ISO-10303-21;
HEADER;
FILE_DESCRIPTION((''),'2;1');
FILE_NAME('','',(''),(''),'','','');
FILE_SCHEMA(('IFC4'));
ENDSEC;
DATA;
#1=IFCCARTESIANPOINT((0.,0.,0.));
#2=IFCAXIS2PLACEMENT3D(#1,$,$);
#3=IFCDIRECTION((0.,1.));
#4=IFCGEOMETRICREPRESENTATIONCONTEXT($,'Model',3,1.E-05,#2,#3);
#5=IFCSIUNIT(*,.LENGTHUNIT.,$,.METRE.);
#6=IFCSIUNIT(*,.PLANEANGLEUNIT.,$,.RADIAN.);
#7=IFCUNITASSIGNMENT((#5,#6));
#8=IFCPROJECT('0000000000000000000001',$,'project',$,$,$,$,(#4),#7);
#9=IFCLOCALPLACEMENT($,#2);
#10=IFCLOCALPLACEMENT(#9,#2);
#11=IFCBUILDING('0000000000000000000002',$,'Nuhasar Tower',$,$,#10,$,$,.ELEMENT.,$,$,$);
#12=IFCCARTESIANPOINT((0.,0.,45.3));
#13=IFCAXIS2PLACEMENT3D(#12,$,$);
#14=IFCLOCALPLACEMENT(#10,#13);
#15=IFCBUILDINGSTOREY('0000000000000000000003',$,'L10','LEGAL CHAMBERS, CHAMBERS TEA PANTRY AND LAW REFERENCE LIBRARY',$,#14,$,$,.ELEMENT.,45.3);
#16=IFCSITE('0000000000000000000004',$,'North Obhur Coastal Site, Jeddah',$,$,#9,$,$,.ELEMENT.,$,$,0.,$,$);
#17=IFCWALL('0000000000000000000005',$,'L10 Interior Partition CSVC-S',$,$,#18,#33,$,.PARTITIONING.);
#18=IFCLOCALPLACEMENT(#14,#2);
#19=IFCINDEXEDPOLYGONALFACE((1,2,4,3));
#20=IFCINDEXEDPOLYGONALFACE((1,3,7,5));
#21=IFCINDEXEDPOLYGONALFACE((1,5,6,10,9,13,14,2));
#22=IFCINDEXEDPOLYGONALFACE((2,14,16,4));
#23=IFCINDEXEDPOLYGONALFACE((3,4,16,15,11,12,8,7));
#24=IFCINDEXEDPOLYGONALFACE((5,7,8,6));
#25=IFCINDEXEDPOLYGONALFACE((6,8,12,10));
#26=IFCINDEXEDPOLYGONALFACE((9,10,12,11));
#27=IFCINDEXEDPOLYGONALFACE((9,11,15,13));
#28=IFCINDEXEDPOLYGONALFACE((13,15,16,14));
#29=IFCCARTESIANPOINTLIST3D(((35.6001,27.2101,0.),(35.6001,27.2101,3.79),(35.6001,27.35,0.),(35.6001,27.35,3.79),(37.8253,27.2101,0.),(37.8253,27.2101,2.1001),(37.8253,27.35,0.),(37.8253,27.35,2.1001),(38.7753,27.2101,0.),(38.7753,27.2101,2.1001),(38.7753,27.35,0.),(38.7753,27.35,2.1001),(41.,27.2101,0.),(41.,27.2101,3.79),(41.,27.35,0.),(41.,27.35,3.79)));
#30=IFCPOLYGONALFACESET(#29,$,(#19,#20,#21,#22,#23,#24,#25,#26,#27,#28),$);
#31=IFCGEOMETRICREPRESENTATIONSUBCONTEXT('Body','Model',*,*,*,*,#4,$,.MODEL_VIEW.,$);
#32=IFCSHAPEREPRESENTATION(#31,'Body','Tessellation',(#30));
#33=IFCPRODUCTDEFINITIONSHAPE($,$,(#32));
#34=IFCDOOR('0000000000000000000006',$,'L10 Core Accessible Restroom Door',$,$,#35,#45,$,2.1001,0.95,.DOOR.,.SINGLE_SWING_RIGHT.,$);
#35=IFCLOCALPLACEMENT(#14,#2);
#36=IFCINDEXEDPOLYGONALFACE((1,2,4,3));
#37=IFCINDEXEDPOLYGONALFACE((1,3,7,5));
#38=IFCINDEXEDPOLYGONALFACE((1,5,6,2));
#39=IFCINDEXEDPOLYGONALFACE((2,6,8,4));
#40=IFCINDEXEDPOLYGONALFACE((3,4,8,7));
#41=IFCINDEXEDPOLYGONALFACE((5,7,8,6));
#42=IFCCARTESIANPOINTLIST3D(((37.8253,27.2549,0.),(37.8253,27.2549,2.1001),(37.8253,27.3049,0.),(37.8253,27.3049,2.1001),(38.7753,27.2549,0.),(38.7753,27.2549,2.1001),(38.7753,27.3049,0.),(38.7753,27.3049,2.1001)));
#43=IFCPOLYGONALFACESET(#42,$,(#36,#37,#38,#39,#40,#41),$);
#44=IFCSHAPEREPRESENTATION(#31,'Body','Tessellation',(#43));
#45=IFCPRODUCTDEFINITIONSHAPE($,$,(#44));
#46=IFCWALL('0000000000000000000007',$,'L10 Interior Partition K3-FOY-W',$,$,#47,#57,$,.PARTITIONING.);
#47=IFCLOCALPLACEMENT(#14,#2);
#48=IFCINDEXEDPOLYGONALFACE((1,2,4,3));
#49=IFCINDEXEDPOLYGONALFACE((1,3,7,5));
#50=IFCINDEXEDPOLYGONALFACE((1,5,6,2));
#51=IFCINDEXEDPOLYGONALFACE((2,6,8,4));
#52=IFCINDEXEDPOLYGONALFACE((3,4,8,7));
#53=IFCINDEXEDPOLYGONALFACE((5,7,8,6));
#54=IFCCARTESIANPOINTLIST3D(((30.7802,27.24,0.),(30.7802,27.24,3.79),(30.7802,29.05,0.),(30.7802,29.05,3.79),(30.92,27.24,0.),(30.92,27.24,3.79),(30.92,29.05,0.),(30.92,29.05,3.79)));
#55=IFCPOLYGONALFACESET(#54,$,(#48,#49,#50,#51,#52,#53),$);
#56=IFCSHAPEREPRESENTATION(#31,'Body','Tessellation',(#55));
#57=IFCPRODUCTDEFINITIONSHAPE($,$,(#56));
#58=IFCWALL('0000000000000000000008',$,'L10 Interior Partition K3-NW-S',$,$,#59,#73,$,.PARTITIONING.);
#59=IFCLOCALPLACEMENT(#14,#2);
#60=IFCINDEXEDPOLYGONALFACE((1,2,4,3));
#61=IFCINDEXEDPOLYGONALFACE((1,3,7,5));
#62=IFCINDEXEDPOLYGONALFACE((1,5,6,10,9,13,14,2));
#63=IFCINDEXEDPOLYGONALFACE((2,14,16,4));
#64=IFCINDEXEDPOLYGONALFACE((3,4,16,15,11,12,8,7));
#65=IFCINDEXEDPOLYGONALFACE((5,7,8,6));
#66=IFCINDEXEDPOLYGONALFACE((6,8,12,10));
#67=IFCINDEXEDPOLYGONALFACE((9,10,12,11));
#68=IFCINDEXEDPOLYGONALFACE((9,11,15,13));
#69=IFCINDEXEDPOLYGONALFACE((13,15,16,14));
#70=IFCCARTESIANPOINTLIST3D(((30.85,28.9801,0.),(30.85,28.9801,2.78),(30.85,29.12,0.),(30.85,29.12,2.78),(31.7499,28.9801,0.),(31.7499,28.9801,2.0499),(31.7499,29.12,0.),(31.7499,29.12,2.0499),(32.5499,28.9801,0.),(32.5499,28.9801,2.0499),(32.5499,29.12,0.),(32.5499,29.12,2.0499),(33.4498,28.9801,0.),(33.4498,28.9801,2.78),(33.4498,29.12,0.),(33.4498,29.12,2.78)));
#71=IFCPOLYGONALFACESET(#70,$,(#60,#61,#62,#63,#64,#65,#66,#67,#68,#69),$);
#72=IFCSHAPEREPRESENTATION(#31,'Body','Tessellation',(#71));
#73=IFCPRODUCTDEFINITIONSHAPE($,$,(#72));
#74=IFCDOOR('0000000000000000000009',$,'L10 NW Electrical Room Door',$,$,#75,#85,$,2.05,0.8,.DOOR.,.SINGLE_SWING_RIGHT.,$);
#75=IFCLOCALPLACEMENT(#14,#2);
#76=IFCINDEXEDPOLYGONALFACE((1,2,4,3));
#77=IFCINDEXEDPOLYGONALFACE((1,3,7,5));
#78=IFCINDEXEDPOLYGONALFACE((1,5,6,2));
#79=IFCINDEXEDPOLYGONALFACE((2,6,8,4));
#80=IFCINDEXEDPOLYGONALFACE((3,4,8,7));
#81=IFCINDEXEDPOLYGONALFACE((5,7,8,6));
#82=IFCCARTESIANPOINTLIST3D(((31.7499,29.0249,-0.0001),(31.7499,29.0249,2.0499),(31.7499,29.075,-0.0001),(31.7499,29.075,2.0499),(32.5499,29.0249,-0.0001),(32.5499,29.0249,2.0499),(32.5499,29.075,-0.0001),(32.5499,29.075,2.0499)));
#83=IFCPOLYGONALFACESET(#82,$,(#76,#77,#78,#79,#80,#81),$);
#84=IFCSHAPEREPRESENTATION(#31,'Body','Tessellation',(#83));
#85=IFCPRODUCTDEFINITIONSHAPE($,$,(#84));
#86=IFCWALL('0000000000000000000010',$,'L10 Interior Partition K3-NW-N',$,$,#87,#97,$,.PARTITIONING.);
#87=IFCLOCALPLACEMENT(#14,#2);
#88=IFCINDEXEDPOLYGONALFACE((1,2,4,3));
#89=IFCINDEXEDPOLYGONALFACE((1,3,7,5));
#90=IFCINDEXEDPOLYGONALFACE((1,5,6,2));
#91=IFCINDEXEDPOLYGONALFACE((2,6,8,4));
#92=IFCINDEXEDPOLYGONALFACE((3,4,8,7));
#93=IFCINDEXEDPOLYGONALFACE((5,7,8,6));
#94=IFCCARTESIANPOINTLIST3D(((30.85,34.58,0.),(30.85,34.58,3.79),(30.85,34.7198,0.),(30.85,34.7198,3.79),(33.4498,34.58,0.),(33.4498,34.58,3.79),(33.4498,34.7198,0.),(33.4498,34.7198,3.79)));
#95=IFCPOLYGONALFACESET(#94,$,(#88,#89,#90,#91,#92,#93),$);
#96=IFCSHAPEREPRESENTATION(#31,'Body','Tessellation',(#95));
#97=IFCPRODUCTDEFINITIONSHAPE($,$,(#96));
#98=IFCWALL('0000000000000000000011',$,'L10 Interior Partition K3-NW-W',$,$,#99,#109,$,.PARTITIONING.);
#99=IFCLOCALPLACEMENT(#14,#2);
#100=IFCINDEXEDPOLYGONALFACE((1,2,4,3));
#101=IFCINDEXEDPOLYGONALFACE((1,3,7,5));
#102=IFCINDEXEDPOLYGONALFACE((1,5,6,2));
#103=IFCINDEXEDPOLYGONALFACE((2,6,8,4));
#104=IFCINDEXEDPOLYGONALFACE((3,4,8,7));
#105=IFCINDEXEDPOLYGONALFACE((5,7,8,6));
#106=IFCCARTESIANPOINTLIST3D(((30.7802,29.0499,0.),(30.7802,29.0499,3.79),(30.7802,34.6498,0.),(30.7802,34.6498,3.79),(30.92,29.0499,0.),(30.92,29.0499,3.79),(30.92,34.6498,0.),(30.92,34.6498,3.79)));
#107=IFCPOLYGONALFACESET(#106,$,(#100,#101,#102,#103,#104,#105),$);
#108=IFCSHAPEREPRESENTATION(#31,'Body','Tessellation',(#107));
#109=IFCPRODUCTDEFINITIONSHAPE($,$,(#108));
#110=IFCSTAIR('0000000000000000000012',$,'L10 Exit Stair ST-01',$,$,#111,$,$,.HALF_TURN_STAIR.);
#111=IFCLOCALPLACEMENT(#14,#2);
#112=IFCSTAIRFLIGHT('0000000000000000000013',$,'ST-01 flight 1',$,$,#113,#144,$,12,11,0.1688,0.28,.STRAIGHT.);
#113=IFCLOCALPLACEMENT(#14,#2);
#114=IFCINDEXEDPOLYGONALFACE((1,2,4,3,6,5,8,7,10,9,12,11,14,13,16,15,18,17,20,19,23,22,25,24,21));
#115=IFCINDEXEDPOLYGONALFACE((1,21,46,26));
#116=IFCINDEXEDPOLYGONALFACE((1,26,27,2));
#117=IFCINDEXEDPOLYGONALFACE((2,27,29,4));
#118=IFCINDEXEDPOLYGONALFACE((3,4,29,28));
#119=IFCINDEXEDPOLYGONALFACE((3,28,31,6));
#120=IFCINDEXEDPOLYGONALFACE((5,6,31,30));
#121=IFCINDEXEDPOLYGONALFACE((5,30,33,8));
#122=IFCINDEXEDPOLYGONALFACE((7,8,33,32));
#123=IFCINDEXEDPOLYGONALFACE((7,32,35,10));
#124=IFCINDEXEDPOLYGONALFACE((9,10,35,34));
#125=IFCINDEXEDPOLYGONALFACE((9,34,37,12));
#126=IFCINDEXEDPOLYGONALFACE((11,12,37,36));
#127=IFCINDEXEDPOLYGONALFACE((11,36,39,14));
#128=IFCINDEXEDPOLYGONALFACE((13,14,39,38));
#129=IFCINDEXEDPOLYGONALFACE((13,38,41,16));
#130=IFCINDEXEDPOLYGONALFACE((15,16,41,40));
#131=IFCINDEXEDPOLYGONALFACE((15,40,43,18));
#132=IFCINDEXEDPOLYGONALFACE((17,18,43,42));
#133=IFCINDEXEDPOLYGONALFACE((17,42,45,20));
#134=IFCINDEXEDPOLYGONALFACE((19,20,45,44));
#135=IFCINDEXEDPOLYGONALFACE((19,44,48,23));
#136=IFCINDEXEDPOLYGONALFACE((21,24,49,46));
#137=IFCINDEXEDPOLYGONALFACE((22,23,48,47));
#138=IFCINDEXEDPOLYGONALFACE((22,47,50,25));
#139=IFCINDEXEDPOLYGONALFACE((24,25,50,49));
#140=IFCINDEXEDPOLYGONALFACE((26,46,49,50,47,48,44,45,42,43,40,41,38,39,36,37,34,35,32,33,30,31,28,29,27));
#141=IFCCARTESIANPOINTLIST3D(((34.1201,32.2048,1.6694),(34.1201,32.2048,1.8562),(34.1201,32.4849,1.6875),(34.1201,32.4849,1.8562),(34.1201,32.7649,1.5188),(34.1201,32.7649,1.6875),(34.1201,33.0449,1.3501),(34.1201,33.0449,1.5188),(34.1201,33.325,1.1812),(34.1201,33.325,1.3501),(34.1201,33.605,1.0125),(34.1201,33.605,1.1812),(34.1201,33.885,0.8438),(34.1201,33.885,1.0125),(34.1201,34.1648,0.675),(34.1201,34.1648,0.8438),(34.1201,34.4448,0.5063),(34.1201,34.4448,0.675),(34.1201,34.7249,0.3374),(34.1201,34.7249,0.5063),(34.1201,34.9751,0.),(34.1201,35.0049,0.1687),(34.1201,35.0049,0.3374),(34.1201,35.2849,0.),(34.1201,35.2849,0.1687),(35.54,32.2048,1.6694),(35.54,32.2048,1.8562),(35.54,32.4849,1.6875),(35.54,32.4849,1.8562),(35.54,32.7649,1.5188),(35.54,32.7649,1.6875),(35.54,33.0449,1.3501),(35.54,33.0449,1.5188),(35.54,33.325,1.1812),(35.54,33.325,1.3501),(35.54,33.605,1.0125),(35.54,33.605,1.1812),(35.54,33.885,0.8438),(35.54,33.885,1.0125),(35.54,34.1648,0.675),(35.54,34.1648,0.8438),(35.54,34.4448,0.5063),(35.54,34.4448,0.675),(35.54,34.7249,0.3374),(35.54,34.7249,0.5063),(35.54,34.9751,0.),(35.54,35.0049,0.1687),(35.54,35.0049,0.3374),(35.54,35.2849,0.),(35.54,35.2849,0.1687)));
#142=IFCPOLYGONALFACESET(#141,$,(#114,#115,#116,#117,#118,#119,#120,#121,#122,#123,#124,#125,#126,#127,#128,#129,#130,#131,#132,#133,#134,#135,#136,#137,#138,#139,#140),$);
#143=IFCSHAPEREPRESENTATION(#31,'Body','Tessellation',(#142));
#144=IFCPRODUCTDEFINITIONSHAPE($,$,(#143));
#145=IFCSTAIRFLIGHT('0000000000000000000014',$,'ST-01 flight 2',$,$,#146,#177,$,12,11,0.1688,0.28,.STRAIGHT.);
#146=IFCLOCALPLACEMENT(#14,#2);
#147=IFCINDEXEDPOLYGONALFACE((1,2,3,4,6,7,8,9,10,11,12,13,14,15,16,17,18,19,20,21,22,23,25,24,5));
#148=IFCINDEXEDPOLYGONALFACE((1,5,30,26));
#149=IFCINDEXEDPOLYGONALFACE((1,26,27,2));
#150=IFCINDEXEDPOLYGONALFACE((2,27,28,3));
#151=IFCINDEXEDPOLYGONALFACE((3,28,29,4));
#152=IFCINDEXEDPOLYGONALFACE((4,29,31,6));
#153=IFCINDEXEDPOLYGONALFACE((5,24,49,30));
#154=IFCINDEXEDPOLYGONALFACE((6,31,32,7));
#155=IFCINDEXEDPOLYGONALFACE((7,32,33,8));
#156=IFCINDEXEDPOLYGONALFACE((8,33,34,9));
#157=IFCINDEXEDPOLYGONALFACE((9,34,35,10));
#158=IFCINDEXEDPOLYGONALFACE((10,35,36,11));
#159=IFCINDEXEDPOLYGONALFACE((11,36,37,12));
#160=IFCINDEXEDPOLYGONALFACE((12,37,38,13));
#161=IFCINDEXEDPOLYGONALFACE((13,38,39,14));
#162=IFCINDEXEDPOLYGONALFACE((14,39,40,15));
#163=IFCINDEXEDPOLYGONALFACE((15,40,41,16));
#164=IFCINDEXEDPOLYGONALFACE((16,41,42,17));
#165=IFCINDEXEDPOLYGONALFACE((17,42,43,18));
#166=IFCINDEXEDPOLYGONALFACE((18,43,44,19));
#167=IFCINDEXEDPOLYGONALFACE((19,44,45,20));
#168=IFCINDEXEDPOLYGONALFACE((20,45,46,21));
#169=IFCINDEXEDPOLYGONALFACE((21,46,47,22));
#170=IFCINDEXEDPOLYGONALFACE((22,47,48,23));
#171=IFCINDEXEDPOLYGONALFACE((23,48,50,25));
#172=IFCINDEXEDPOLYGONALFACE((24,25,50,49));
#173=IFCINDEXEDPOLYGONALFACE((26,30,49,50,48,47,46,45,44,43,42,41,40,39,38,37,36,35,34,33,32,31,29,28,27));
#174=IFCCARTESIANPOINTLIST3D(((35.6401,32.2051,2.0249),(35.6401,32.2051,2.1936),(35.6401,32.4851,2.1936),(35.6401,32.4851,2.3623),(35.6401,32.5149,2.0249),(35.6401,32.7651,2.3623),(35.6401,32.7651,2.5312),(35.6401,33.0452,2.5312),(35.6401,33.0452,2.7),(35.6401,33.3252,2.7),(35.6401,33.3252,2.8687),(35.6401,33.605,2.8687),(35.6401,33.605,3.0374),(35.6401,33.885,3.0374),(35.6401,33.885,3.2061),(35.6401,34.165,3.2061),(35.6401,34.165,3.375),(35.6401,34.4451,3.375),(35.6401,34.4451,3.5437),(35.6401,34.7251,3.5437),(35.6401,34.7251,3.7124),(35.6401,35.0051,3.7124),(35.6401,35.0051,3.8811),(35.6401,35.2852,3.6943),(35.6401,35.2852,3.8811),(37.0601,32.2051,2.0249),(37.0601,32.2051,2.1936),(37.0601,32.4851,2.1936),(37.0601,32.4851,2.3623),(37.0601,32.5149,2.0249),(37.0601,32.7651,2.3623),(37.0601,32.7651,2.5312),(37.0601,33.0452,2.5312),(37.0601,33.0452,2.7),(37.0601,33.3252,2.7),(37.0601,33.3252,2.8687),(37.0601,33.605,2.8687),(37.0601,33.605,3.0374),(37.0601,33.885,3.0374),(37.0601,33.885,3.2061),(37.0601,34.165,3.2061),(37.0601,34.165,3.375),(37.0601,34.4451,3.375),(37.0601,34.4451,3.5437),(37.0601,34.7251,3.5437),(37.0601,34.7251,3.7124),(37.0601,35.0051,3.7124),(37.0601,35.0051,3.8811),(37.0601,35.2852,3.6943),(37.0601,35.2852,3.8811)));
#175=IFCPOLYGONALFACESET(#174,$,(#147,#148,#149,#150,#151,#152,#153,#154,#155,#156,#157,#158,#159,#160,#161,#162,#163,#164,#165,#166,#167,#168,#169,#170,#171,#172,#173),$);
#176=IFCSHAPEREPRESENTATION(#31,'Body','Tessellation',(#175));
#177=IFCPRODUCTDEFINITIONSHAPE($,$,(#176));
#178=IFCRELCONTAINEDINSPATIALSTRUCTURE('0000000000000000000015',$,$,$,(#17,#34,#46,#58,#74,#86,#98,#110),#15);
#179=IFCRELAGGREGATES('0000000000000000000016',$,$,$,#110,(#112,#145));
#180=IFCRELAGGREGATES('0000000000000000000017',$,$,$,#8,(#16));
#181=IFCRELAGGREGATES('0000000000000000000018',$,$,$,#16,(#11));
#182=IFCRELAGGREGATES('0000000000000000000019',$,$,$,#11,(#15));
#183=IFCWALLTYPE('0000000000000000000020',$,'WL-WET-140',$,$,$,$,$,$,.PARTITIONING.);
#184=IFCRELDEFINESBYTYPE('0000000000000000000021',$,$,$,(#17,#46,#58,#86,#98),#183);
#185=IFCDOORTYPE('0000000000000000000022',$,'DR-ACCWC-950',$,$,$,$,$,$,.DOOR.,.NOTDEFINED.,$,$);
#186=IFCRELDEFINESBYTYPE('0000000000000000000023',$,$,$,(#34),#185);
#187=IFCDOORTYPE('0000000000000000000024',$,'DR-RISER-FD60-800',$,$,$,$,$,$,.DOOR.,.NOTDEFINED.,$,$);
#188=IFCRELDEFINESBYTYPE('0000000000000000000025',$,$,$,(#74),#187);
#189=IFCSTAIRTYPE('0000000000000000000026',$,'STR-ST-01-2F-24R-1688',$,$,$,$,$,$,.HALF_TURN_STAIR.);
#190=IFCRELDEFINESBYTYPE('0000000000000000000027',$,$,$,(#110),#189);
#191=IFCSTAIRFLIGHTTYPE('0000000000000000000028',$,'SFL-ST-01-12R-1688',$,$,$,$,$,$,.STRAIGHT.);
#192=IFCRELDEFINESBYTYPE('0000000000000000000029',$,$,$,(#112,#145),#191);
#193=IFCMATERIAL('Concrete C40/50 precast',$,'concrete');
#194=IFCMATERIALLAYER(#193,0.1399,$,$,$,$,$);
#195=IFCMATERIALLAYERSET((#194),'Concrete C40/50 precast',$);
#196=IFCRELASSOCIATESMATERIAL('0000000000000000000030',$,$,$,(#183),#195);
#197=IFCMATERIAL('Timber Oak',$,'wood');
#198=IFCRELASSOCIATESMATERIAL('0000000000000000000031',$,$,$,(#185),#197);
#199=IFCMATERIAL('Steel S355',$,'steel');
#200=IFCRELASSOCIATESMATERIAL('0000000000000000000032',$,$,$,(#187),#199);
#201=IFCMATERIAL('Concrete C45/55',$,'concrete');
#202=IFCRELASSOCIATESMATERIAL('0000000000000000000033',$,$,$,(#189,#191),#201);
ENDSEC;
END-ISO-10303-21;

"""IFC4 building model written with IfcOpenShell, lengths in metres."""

from ifc_helpers import new_model, si_unit, direction, frame, frame_2d, origin, place, context, subcontext, project, spatial, polyline, rectangle, outline, extrude, material, layer, layer_set, type_object, element, fill, aggregate, save


model = new_model("IFC4")

# Units and contexts
model_context = context("Model", 3, precision=1e-05, world=origin(), true_north=direction((0.0, 1.0)))
body_context = subcontext(model_context, "Body", "Model", "MODEL_VIEW")
ifc_project = project(units=[si_unit("LENGTHUNIT", "METRE"), si_unit("PLANEANGLEUNIT", "RADIAN")], contexts=[model_context])

# Site, building, storey
site_placement = place(None, origin())
site = spatial("IfcSite", under=ifc_project, at=site_placement, Name="North Obhur Coastal Site, Jeddah", CompositionType="ELEMENT", RefElevation=0.0)
building_placement = place(site_placement, origin())
building = spatial("IfcBuilding", under=site, at=building_placement, Name="Nuhasar Tower", CompositionType="ELEMENT")
storey_placement = place(building_placement, frame((0.0, 0.0, 45.3)))
storey = spatial("IfcBuildingStorey", under=building, at=storey_placement, Name="L10", Description="LEGAL CHAMBERS, CHAMBERS TEA PANTRY AND LAW REFERENCE LIBRARY", CompositionType="ELEMENT", Elevation=45.3)

# Shared definitions
ifc_material_1 = material(Name="Steel S355", Category="steel")

# Shared definitions
ifc_material_2 = material(Name="Concrete C40/50 precast", Category="concrete")
ifc_layer_1 = layer(ifc_material_2, 0.1399)
ifc_layer_set_1 = layer_set([ifc_layer_1], Name="Concrete C40/50 precast")
wall_type_1 = type_object("IfcWallType", Name="WL-WET-140", PredefinedType="PARTITIONING", material=ifc_layer_set_1)

# Wall, opening, door
wall_1_placement = place(storey_placement, frame((35.6001, 27.28, 0.0), z_axis=(0.0, 0.0, 1.0), x_axis=(1.0, 0.0, 0.0)))
wall_1 = element("IfcWall", 1, at=wall_1_placement, inside=storey, type_object=wall_type_1, Name="L10 Interior Partition CSVC-S", PredefinedType="PARTITIONING", context=body_context, shape_type="SweptSolid", body=[
    extrude(rectangle(XDim=5.3999, YDim=0.1399, at=frame_2d((2.7, 0.0))), origin(), (0.0, 0.0, 1.0), 3.79),
])
opening_1_placement = place(wall_1_placement, frame((2.2251, 0.0, 0.0)))
opening_1 = element("IfcOpeningElement", 2, at=opening_1_placement, cuts=wall_1, PredefinedType="OPENING", context=body_context, shape_type="SweptSolid", body=[
    extrude(rectangle(XDim=0.95, YDim=2.1001, at=frame_2d((0.4751, 1.05))), frame((0.0, 0.0801, 0.0), z_axis=(0.0, -1.0, 0.0), x_axis=(1.0, 0.0, 0.0)), (0.0, 0.0, 1.0), 0.1599),
])
ifc_material_3 = material(Name="Timber Oak", Category="wood")
door_type_1 = type_object("IfcDoorType", Name="DR-ACCWC-950", OperationType="NOTDEFINED", PredefinedType="DOOR", material=ifc_material_3)
door_1_placement = place(opening_1_placement, origin())
door_1 = element("IfcDoor", 3, at=door_1_placement, inside=storey, type_object=door_type_1, Name="L10 Core Accessible Restroom Door", OperationType="SINGLE_SWING_RIGHT", OverallHeight=2.1001, OverallWidth=0.95, PredefinedType="DOOR", context=body_context, shape_type="SweptSolid", body=[
    extrude(rectangle(XDim=0.95, YDim=2.1001, at=frame_2d((0.4751, 1.05))), frame((0.0, 0.0249, 0.0), z_axis=(0.0, -1.0, 0.0), x_axis=(1.0, 0.0, 0.0)), (0.0, 0.0, 1.0), 0.05),
])
fill(opening_1, door_1)

# Wall
wall_2_placement = place(storey_placement, frame((30.8501, 27.24, 0.0), z_axis=(0.0, 0.0, 1.0), x_axis=(0.0, 1.0, 0.0)))
element("IfcWall", 4, at=wall_2_placement, inside=storey, type_object=wall_type_1, Name="L10 Interior Partition K3-FOY-W", PredefinedType="PARTITIONING", context=body_context, shape_type="SweptSolid", body=[
    extrude(rectangle(XDim=1.8101, YDim=0.1399, at=frame_2d((0.905, 0.0))), origin(), (0.0, 0.0, 1.0), 3.79),
])

# Wall, opening, door
wall_3_placement = place(storey_placement, frame((30.8501, 29.05, 0.0), z_axis=(0.0, 0.0, 1.0), x_axis=(1.0, 0.0, 0.0)))
wall_3 = element("IfcWall", 5, at=wall_3_placement, inside=storey, type_object=wall_type_1, Name="L10 Interior Partition K3-NW-S", PredefinedType="PARTITIONING", context=body_context, shape_type="SweptSolid", body=[
    extrude(rectangle(XDim=2.5999, YDim=0.1399, at=frame_2d((1.2998, 0.0))), origin(), (0.0, 0.0, 1.0), 2.78),
])
opening_2_placement = place(wall_3_placement, frame((0.8999, 0.0, 0.0)))
opening_2 = element("IfcOpeningElement", 6, at=opening_2_placement, cuts=wall_3, PredefinedType="OPENING", context=body_context, shape_type="SweptSolid", body=[
    extrude(rectangle(XDim=0.8, YDim=2.05, at=frame_2d((0.3999, 1.0249))), frame((0.0, 0.0801, 0.0), z_axis=(0.0, -1.0, 0.0), x_axis=(1.0, 0.0, 0.0)), (0.0, 0.0, 1.0), 0.1599),
])
door_type_2 = type_object("IfcDoorType", Name="DR-RISER-FD60-800", OperationType="NOTDEFINED", PredefinedType="DOOR", material=ifc_material_1)
door_2_placement = place(opening_2_placement, origin())
door_2 = element("IfcDoor", 7, at=door_2_placement, inside=storey, type_object=door_type_2, Name="L10 NW Electrical Room Door", OperationType="SINGLE_SWING_RIGHT", OverallHeight=2.05, OverallWidth=0.8, PredefinedType="DOOR", context=body_context, shape_type="SweptSolid", body=[
    extrude(rectangle(XDim=0.8, YDim=2.05, at=frame_2d((0.3999, 1.0249))), frame((0.0, 0.0249, 0.0), z_axis=(0.0, -1.0, 0.0), x_axis=(1.0, 0.0, 0.0)), (0.0, 0.0, 1.0), 0.05),
])
fill(opening_2, door_2)

# Walls
wall_4_placement = place(storey_placement, frame((30.8501, 34.6499, 0.0), z_axis=(0.0, 0.0, 1.0), x_axis=(1.0, 0.0, 0.0)))
element("IfcWall", 8, at=wall_4_placement, inside=storey, type_object=wall_type_1, Name="L10 Interior Partition K3-NW-N", PredefinedType="PARTITIONING", context=body_context, shape_type="SweptSolid", body=[
    extrude(rectangle(XDim=2.5999, YDim=0.1399, at=frame_2d((1.2998, 0.0))), origin(), (0.0, 0.0, 1.0), 3.79),
])
wall_5_placement = place(storey_placement, frame((30.8501, 29.05, 0.0), z_axis=(0.0, 0.0, 1.0), x_axis=(0.0, 1.0, 0.0)))
element("IfcWall", 9, at=wall_5_placement, inside=storey, type_object=wall_type_1, Name="L10 Interior Partition K3-NW-W", PredefinedType="PARTITIONING", context=body_context, shape_type="SweptSolid", body=[
    extrude(rectangle(XDim=5.5999, YDim=0.1399, at=frame_2d((2.7998, 0.0))), origin(), (0.0, 0.0, 1.0), 3.79),
])

# Stair, stair flights
ifc_material_4 = material(Name="Concrete C45/55", Category="concrete")
stair_type_1 = type_object("IfcStairType", Name="STR-ST-01-2F-24R-1688", PredefinedType="HALF_TURN_STAIR", material=ifc_material_4)
stair_1_placement = place(storey_placement, origin())
stair_1 = element("IfcStair", 10, at=stair_1_placement, inside=storey, type_object=stair_type_1, Name="L10 Exit Stair ST-01", PredefinedType="HALF_TURN_STAIR")
stair_flight_type_1 = type_object("IfcStairFlightType", Name="SFL-ST-01-12R-1688", PredefinedType="STRAIGHT", material=ifc_material_4)
stair_flight_1_placement = place(storey_placement, frame((34.8301, 35.2849, 0.0), z_axis=(0.0, 0.0, 1.0), x_axis=(0.0, -1.0, 0.0)))
stair_flight_1 = element("IfcStairFlight", 11, at=stair_flight_1_placement, type_object=stair_flight_type_1, Name="ST-01 flight 1", NumberOfRisers=12, NumberOfTreads=11, PredefinedType="STRAIGHT", RiserHeight=0.1688, TreadLength=0.28, context=body_context, shape_type="SweptSolid", body=[
    extrude(outline(polyline([(0.0, 0.0), (0.0, 0.1687), (0.28, 0.1687), (0.28, 0.3374), (0.5601, 0.3374), (0.5601, 0.5063), (0.8401, 0.5063), (0.8401, 0.675), (1.1201, 0.675), (1.1201, 0.8438), (1.3999, 0.8438), (1.3999, 1.0125), (1.6799, 1.0125), (1.6799, 1.1812), (1.96, 1.1812), (1.96, 1.3501), (2.24, 1.3501), (2.24, 1.5188), (2.52, 1.5188), (2.52, 1.6875), (2.8, 1.6875), (2.8, 1.8562), (3.0801, 1.8562), (3.0801, 2.0249), (3.0801, 1.6694), (0.3098, 0.0), (0.0, 0.0)])), frame((0.0, 0.71, 0.0), z_axis=(0.0, -1.0, 0.0), x_axis=(1.0, 0.0, 0.0)), (0.0, 0.0, 1.0), 1.4199),
])
stair_flight_2_placement = place(storey_placement, frame((36.3501, 32.2051, 2.0249), z_axis=(0.0, 0.0, 1.0), x_axis=(0.0, 1.0, 0.0)))
stair_flight_2 = element("IfcStairFlight", 12, at=stair_flight_2_placement, type_object=stair_flight_type_1, Name="ST-01 flight 2", NumberOfRisers=12, NumberOfTreads=11, PredefinedType="STRAIGHT", RiserHeight=0.1688, TreadLength=0.28, context=body_context, shape_type="SweptSolid", body=[
    extrude(outline(polyline([(0.0, 0.0), (0.0, 0.1687), (0.28, 0.1687), (0.28, 0.3374), (0.5601, 0.3374), (0.5601, 0.5063), (0.8401, 0.5063), (0.8401, 0.675), (1.1201, 0.675), (1.1201, 0.8438), (1.3999, 0.8438), (1.3999, 1.0125), (1.6799, 1.0125), (1.6799, 1.1812), (1.96, 1.1812), (1.96, 1.3501), (2.24, 1.3501), (2.24, 1.5188), (2.52, 1.5188), (2.52, 1.6875), (2.8, 1.6875), (2.8, 1.8562), (3.0801, 1.8562), (3.0801, 2.0249), (3.0801, 1.6694), (0.3098, 0.0), (0.0, 0.0)])), frame((0.0, 0.71, 0.0), z_axis=(0.0, -1.0, 0.0), x_axis=(1.0, 0.0, 0.0)), (0.0, 0.0, 1.0), 1.4199),
])
aggregate(stair_1, [stair_flight_1, stair_flight_2])

save(model, "model.ifc")
